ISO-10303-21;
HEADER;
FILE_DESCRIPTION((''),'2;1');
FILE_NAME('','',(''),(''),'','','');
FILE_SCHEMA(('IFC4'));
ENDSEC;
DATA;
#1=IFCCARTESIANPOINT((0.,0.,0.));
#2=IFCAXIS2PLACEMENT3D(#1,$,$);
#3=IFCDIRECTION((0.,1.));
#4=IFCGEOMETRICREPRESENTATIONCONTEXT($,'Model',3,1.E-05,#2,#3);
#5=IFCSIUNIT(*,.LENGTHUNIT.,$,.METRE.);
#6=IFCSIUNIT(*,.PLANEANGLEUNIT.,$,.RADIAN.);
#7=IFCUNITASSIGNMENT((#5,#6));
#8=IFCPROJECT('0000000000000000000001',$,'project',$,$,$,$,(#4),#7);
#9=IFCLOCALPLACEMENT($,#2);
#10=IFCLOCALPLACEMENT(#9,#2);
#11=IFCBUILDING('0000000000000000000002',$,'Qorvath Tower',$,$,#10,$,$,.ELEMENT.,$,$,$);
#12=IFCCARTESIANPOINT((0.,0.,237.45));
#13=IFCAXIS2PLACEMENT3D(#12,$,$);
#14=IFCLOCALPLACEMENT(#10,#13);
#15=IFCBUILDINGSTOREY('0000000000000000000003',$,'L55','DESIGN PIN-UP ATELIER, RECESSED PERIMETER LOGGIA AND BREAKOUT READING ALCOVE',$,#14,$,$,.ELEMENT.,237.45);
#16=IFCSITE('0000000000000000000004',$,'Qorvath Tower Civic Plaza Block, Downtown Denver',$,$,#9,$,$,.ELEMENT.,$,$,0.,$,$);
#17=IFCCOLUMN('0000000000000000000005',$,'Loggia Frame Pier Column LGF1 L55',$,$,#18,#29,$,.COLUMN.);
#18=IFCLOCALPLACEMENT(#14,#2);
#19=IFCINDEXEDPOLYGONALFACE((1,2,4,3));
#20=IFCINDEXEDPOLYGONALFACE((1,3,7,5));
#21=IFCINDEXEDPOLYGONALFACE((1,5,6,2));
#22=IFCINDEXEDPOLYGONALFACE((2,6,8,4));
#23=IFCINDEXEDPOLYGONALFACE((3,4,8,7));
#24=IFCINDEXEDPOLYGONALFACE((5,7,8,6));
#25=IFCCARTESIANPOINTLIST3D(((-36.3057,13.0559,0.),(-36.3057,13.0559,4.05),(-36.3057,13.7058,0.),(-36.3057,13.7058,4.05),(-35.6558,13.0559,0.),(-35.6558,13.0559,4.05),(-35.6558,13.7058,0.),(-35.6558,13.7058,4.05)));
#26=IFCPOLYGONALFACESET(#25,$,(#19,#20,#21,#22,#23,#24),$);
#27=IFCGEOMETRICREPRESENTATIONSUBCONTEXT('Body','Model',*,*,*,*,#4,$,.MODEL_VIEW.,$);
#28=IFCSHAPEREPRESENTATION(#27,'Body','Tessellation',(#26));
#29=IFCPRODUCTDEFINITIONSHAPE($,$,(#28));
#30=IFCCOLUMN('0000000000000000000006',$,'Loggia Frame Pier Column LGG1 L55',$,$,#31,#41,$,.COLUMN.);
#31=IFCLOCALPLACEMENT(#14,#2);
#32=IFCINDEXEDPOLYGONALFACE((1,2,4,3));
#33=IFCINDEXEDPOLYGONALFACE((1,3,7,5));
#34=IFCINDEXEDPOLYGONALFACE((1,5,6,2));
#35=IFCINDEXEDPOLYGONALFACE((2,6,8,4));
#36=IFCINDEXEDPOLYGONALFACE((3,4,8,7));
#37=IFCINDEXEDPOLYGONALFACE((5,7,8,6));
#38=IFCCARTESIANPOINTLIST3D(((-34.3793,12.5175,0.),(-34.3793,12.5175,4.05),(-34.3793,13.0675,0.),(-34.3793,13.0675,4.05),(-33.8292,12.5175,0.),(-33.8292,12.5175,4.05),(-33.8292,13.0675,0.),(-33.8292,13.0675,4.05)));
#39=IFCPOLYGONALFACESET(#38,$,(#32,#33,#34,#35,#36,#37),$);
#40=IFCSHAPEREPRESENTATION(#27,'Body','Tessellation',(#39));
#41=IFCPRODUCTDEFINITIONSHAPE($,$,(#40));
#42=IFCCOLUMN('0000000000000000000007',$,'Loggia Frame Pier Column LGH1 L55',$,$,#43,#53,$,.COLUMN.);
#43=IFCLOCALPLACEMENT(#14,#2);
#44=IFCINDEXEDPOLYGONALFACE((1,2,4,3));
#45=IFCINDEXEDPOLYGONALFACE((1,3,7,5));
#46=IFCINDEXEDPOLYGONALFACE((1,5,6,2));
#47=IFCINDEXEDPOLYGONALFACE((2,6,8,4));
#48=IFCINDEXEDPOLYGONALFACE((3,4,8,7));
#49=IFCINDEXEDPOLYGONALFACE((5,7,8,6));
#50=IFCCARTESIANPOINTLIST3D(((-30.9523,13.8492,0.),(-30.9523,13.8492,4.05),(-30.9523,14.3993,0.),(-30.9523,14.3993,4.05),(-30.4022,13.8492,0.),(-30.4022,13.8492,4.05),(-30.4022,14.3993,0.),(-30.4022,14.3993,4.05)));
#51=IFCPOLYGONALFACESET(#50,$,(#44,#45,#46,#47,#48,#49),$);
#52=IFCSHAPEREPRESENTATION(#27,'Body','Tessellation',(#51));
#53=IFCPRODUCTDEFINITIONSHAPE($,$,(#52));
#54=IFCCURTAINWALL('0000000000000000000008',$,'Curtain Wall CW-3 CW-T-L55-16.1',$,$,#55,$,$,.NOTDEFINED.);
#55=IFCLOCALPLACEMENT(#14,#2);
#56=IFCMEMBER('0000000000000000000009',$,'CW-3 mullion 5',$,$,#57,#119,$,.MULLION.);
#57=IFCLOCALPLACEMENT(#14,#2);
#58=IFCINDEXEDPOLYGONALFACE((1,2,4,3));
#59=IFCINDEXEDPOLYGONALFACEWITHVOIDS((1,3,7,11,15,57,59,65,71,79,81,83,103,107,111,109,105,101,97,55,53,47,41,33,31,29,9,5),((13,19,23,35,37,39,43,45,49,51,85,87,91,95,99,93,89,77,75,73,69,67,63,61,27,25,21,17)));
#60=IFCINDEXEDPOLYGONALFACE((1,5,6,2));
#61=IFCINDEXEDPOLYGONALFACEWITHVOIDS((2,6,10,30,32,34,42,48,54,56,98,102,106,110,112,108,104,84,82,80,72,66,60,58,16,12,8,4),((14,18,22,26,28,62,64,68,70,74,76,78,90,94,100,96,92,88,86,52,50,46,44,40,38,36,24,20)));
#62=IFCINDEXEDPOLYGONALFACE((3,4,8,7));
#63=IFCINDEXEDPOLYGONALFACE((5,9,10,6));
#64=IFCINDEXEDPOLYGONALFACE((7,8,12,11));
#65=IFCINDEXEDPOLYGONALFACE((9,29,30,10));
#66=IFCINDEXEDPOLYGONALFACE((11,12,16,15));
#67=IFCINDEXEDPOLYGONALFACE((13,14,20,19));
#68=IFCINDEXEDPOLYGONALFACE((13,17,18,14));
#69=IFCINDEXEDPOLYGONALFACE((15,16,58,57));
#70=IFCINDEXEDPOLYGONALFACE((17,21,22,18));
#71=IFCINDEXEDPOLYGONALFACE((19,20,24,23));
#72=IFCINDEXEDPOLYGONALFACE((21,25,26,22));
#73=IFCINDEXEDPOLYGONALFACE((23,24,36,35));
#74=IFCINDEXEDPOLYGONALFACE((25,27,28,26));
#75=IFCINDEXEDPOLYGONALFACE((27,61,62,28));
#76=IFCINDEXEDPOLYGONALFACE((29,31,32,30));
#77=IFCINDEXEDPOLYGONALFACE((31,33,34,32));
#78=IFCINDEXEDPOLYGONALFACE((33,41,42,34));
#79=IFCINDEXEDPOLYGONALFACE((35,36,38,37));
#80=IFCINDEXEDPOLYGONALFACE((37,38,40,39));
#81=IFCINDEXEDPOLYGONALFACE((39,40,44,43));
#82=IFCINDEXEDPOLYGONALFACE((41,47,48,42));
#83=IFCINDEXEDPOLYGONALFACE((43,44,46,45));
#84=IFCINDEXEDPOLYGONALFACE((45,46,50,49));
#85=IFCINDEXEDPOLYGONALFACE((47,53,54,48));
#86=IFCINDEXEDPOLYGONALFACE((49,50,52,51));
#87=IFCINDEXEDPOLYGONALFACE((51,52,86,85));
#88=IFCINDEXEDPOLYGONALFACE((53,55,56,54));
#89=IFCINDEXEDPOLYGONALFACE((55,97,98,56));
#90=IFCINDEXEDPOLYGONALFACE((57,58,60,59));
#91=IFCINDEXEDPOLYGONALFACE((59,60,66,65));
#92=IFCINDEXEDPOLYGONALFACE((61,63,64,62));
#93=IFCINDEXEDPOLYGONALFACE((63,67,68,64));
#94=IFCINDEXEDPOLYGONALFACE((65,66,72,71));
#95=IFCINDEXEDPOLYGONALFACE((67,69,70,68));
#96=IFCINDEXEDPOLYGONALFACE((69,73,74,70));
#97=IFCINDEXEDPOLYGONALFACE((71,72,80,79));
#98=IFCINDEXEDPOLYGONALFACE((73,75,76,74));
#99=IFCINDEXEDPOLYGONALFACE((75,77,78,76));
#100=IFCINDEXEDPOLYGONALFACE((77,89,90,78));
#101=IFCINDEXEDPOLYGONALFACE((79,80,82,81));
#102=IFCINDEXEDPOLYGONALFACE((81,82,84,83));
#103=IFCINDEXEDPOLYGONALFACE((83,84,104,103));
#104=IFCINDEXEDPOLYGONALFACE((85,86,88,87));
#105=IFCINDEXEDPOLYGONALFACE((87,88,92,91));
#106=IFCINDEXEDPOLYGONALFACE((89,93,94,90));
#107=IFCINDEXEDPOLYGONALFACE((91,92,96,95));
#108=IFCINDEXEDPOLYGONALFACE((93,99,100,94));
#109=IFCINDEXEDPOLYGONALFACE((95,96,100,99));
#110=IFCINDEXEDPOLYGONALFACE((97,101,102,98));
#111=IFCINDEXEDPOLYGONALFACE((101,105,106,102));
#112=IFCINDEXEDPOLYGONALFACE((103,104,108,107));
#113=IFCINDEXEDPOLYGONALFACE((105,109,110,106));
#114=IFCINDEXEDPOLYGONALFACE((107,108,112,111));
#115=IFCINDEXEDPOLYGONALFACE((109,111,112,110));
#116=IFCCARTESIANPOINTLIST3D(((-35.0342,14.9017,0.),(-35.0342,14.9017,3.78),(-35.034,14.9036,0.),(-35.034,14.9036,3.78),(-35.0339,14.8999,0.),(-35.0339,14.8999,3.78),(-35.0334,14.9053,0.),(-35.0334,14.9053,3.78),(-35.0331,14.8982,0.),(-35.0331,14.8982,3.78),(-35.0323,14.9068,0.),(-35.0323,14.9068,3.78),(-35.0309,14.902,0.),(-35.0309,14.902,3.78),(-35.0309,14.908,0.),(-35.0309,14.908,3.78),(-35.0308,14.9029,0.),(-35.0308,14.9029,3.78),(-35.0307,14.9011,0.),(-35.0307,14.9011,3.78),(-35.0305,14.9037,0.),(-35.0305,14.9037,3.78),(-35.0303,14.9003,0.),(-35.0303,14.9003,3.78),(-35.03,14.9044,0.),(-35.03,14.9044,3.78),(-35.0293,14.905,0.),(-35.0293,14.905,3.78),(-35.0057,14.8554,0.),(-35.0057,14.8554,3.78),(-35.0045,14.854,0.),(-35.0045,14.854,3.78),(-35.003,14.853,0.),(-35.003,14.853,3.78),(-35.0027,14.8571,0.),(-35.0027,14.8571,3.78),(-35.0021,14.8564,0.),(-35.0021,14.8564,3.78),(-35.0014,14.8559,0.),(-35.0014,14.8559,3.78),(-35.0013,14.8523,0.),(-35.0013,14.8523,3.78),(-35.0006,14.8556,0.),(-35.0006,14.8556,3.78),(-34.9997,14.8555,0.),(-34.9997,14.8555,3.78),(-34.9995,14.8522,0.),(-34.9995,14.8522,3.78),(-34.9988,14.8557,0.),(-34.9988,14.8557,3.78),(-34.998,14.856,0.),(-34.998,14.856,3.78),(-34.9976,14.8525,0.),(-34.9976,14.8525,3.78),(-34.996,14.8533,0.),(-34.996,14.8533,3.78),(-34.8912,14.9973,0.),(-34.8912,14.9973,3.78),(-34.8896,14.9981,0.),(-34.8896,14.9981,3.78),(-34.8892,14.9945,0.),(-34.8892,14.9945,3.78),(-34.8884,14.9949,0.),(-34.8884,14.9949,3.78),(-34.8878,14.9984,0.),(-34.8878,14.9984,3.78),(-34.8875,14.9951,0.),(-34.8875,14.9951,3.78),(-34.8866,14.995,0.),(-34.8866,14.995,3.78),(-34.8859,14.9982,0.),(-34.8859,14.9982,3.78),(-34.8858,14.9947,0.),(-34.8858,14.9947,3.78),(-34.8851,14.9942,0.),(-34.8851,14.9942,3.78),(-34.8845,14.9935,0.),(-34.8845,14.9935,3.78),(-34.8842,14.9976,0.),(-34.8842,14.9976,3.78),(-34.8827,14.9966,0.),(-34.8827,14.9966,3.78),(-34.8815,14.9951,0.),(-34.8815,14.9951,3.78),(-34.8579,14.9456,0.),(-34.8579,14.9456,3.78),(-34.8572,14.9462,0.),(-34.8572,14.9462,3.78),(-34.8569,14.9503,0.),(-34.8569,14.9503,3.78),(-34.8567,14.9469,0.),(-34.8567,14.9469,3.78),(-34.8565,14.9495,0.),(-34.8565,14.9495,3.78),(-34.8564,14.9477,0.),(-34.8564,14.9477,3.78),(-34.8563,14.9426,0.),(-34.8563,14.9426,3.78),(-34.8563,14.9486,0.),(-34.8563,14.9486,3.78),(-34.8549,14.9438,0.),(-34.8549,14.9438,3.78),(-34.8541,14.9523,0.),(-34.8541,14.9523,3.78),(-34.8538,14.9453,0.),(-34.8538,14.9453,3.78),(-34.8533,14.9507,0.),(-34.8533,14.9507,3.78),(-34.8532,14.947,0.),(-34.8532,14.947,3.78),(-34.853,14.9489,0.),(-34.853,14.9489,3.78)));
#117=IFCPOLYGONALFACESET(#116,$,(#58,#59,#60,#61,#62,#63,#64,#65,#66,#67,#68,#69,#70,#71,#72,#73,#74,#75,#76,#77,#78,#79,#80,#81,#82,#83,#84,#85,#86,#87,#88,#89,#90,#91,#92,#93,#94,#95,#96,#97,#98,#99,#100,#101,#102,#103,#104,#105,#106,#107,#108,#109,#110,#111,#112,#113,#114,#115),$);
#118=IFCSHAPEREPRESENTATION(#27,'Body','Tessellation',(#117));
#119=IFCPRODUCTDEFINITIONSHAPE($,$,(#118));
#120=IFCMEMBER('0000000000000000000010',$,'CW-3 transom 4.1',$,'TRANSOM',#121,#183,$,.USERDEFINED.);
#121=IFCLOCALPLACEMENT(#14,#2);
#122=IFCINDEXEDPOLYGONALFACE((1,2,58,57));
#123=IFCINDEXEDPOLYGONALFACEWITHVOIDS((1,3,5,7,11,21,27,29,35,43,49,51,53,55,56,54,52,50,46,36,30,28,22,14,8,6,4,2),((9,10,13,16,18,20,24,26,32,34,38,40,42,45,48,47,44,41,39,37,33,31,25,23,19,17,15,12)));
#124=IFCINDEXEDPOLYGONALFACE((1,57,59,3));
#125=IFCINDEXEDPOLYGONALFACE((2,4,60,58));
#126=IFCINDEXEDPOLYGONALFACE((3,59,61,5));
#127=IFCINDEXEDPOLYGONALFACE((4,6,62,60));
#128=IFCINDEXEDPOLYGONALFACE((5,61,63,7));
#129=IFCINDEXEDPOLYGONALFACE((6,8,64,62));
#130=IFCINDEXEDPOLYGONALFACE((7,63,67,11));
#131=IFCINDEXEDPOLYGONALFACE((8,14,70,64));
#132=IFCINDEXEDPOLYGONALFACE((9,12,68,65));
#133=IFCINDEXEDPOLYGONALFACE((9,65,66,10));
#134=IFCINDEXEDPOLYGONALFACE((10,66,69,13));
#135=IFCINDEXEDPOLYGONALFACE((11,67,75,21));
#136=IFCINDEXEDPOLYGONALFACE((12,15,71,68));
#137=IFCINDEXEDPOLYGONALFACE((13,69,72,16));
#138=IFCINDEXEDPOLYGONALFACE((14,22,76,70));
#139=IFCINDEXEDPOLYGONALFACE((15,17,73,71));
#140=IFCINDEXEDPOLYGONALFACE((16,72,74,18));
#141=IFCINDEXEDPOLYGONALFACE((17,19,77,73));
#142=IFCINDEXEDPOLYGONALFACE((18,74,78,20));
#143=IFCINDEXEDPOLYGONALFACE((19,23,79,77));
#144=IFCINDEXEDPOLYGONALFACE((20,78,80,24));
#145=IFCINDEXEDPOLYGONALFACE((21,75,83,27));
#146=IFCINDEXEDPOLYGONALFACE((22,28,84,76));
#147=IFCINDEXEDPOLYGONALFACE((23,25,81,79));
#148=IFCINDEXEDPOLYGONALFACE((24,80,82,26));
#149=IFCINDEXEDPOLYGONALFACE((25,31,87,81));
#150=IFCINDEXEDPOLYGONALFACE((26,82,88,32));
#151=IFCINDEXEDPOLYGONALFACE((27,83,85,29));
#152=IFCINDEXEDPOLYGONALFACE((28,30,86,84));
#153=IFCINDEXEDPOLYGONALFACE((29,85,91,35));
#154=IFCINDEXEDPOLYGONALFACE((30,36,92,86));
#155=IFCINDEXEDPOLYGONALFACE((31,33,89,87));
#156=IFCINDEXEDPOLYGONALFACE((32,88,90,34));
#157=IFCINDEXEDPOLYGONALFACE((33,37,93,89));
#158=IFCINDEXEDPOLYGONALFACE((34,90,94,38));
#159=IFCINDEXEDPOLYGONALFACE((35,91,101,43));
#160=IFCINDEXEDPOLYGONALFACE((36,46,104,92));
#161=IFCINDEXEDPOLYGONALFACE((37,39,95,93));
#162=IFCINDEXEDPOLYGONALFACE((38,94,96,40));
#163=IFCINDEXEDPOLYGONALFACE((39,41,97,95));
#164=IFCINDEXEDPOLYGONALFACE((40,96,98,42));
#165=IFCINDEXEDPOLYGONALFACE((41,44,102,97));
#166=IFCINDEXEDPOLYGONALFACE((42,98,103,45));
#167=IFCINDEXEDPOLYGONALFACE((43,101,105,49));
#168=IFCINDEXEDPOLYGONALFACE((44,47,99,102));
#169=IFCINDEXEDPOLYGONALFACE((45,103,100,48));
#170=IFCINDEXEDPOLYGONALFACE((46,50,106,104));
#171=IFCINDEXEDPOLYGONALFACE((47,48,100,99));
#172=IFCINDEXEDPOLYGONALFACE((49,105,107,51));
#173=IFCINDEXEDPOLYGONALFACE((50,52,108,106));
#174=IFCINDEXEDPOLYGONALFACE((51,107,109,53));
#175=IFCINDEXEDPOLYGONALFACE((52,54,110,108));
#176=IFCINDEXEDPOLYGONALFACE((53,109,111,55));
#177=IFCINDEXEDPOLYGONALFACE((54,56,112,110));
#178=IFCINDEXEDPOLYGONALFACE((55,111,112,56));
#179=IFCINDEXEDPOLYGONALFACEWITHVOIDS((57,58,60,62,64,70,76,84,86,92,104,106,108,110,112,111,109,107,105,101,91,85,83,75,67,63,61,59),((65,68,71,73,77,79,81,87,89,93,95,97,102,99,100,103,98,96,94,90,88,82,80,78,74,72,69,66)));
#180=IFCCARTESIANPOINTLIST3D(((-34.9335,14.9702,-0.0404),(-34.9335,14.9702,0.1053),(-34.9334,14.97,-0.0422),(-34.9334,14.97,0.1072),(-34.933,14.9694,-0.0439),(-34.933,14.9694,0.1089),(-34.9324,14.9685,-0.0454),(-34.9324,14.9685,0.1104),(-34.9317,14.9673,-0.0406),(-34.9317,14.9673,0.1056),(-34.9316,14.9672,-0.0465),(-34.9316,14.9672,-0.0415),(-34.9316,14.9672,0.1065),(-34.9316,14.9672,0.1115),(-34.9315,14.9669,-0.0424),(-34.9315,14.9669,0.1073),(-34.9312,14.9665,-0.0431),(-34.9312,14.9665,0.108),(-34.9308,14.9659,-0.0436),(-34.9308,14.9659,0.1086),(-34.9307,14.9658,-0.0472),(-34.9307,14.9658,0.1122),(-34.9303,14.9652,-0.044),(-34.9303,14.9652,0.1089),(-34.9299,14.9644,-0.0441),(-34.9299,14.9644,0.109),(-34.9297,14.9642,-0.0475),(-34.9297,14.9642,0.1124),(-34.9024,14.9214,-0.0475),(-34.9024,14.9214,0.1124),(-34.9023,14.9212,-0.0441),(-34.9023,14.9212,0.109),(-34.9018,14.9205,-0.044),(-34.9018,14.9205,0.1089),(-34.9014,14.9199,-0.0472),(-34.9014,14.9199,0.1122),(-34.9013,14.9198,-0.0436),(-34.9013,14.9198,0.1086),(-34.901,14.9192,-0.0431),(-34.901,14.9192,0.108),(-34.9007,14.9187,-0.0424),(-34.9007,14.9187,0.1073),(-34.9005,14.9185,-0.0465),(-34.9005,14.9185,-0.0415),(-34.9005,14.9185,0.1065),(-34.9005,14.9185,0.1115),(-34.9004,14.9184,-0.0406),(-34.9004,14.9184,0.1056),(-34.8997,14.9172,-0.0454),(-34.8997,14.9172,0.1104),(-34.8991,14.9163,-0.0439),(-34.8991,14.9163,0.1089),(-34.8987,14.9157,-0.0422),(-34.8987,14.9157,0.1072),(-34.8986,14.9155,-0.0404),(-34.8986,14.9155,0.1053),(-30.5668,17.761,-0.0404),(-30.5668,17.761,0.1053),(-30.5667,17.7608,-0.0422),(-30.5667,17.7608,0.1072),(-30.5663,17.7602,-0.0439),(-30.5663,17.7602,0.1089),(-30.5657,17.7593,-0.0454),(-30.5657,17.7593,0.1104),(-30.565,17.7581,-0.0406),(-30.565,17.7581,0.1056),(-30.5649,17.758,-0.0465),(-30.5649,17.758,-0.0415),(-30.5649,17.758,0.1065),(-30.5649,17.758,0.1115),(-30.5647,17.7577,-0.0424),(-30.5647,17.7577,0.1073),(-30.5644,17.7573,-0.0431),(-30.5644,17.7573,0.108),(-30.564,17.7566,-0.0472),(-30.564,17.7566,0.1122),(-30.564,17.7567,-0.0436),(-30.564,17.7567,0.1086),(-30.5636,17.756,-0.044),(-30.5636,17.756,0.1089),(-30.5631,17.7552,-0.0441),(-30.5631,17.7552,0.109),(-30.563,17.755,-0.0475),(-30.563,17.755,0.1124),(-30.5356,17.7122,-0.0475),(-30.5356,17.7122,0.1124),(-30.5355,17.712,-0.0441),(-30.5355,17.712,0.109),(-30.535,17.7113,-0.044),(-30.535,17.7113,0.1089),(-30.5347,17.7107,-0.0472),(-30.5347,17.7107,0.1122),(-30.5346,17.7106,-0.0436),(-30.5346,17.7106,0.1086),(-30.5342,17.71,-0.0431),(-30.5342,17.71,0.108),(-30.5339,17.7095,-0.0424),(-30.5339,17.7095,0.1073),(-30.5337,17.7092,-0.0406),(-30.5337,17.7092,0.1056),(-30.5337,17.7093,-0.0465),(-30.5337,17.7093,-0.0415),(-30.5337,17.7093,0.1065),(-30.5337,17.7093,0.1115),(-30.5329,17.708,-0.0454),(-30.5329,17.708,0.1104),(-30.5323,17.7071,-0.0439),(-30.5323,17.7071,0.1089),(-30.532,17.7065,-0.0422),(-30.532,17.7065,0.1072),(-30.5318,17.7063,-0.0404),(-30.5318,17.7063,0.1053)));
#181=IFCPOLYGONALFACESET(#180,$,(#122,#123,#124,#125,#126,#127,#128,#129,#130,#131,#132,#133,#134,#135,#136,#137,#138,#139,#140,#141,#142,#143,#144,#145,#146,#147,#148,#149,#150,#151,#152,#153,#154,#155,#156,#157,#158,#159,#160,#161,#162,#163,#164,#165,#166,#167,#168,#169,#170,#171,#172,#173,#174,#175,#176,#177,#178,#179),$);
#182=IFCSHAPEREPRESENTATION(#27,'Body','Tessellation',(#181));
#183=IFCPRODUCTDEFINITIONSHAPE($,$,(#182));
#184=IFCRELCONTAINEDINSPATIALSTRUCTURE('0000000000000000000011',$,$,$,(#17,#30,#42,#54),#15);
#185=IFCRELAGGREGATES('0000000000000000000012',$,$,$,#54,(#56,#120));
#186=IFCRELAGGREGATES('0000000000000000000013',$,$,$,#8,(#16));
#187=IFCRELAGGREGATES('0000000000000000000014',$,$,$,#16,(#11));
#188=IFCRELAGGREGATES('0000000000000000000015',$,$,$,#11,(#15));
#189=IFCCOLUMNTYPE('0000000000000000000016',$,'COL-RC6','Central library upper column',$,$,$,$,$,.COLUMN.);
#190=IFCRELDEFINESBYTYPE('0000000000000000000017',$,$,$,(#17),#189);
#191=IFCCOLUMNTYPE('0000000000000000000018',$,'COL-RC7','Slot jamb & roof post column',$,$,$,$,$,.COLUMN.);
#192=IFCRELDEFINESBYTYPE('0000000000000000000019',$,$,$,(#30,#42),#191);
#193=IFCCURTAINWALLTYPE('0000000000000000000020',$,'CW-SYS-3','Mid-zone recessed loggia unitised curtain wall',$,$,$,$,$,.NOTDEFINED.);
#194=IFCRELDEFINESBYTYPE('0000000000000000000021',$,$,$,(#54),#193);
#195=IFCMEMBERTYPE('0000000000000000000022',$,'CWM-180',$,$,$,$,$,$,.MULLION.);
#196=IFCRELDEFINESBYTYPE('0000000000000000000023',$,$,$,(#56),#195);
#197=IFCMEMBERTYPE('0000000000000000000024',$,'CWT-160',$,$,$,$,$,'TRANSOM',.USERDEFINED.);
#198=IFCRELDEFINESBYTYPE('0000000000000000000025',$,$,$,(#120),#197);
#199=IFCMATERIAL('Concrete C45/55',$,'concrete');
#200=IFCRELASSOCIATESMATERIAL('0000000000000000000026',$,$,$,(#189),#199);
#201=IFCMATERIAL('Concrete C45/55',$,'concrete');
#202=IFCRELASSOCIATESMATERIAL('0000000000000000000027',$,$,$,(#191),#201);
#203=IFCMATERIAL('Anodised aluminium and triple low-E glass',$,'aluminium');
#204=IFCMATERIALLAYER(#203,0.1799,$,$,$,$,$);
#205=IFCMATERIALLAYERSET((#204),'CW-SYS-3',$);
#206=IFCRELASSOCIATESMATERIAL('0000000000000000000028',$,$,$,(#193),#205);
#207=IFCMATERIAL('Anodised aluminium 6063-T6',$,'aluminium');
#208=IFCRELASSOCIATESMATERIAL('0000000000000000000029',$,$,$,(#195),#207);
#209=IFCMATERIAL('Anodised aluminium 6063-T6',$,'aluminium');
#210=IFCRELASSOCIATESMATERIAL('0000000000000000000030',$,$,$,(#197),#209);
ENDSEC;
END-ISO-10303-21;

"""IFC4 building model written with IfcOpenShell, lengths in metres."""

from ifc_helpers import new_model, si_unit, direction, frame, origin, origin_2d, place, context, subcontext, project, spatial, rectangle, hollow_rectangle, extrude, material, layer, layer_set, material_profile, profile_set, type_object, element, aggregate, save


model = new_model("IFC4")

# Units and contexts
model_context = context("Model", 3, precision=1e-05, world=origin(), true_north=direction((0.0, 1.0)))
body_context = subcontext(model_context, "Body", "Model", "MODEL_VIEW")
ifc_project = project(units=[si_unit("LENGTHUNIT", "METRE"), si_unit("PLANEANGLEUNIT", "RADIAN")], contexts=[model_context])

# Site, building, storey
site_placement = place(None, origin())
site = spatial("IfcSite", under=ifc_project, at=site_placement, Name="Qorvath Tower Civic Plaza Block, Downtown Denver", CompositionType="ELEMENT", RefElevation=0.0)
building_placement = place(site_placement, origin())
building = spatial("IfcBuilding", under=site, at=building_placement, Name="Qorvath Tower", CompositionType="ELEMENT")
storey_placement = place(building_placement, frame((0.0, 0.0, 237.45)))
storey = spatial("IfcBuildingStorey", under=building, at=storey_placement, Name="L55", Description="DESIGN PIN-UP ATELIER, RECESSED PERIMETER LOGGIA AND BREAKOUT READING ALCOVE", CompositionType="ELEMENT", Elevation=237.45)

# Columns
ifc_material_1 = material(Name="Concrete C45/55", Category="concrete")
ifc_material_profile_1 = material_profile(ifc_material_1, rectangle(XDim=0.6499, YDim=0.6499, at=origin_2d()), Name="RC 650x650")
ifc_profile_set_1 = profile_set([ifc_material_profile_1], Name="Concrete C45/55")
column_type_1 = type_object("IfcColumnType", Name="COL-RC6", Description="Central library upper column", PredefinedType="COLUMN", material=ifc_profile_set_1)
column_placement = place(storey_placement, frame((-35.9807, 13.3809, 0.0), z_axis=(0.0, 0.0, 1.0), x_axis=(1.0, 0.0, 0.0)))
element("IfcColumn", 1, at=column_placement, inside=storey, type_object=column_type_1, Name="Loggia Frame Pier Column LGF1 L55", PredefinedType="COLUMN", context=body_context, shape_type="SweptSolid", body=[
    extrude(rectangle(XDim=0.6499, YDim=0.6499, at=origin_2d()), origin(), (0.0, 0.0, 1.0), 4.05),
])
ifc_material_2 = material(Name="Concrete C45/55", Category="concrete")
ifc_material_profile_2 = material_profile(ifc_material_2, rectangle(XDim=0.55, YDim=0.55, at=origin_2d()), Name="RC 550x550")
ifc_profile_set_2 = profile_set([ifc_material_profile_2], Name="Concrete C45/55")
column_type_2 = type_object("IfcColumnType", Name="COL-RC7", Description="Slot jamb & roof post column", PredefinedType="COLUMN", material=ifc_profile_set_2)
for number, where, z_axis, x_axis, name in (
    (2, (-34.1042, 12.7925, 0.0), (0.0, 0.0, 1.0), (1.0, 0.0, 0.0), "Loggia Frame Pier Column LGG1 L55"),
    (3, (-30.6772, 14.1243, 0.0), (0.0, 0.0, 1.0), (1.0, 0.0, 0.0), "Loggia Frame Pier Column LGH1 L55"),
):
    element("IfcColumn", number, at=place(storey_placement, frame(where, z_axis=z_axis, x_axis=x_axis)), inside=storey, type_object=column_type_2, Name=name, PredefinedType="COLUMN", context=body_context, shape_type="SweptSolid", body=[
        extrude(rectangle(XDim=0.55, YDim=0.55, at=origin_2d()), origin(), (0.0, 0.0, 1.0), 4.05),
    ])

# Curtain wall, members
ifc_material_3 = material(Name="Anodised aluminium and triple low-E glass", Category="aluminium")
ifc_layer_1 = layer(ifc_material_3, 0.1799)
ifc_layer_set_1 = layer_set([ifc_layer_1], Name="CW-SYS-3")
curtain_wall_type = type_object("IfcCurtainWallType", Name="CW-SYS-3", Description="Mid-zone recessed loggia unitised curtain wall", PredefinedType="NOTDEFINED", material=ifc_layer_set_1)
curtain_wall_placement = place(storey_placement, origin())
curtain_wall = element("IfcCurtainWall", 4, at=curtain_wall_placement, inside=storey, type_object=curtain_wall_type, Name="Curtain Wall CW-3 CW-T-L55-16.1", PredefinedType="NOTDEFINED")
ifc_material_4 = material(Name="Anodised aluminium 6063-T6", Category="aluminium")
ifc_material_profile_3 = material_profile(ifc_material_4, hollow_rectangle(XDim=0.0649, YDim=0.1799, WallThickness=0.0034, InnerFilletRadius=0.0034, OuterFilletRadius=0.0071, at=origin_2d()), Name="CWM 180x65")
ifc_profile_set_3 = profile_set([ifc_material_profile_3], Name="Anodised aluminium 6063-T6")
member_type_1 = type_object("IfcMemberType", Name="CWM-180", PredefinedType="MULLION", material=ifc_profile_set_3)
member_1_placement = place(storey_placement, frame((-34.9436, 14.9253, 0.0), z_axis=(0.0, 0.0, 1.0), x_axis=(0.538529, -0.842607, 0.0)))
member_1 = element("IfcMember", 5, at=member_1_placement, type_object=member_type_1, Name="CW-3 mullion 5", PredefinedType="MULLION", context=body_context, shape_type="SweptSolid", body=[
    extrude(hollow_rectangle(XDim=0.0649, YDim=0.1799, WallThickness=0.0034, InnerFilletRadius=0.0034, OuterFilletRadius=0.0071, at=origin_2d()), origin(), (0.0, 0.0, 1.0), 3.78),
])
ifc_material_5 = material(Name="Anodised aluminium 6063-T6", Category="aluminium")
ifc_material_profile_4 = material_profile(ifc_material_5, hollow_rectangle(XDim=0.0649, YDim=0.1599, WallThickness=0.0034, InnerFilletRadius=0.0034, OuterFilletRadius=0.0071, at=origin_2d()), Name="CWT 160x65")
ifc_profile_set_4 = profile_set([ifc_material_profile_4], Name="Anodised aluminium 6063-T6")
member_type_2 = type_object("IfcMemberType", Name="CWT-160", ElementType="TRANSOM", PredefinedType="USERDEFINED", material=ifc_profile_set_4)
member_2_placement = place(storey_placement, frame((-30.5493, 17.7336, 0.0325), z_axis=(-0.842614, -0.538518, 0.0), x_axis=(0.538518, -0.842614, 0.0)))
member_2 = element("IfcMember", 6, at=member_2_placement, type_object=member_type_2, Name="CW-3 transom 4.1", ObjectType="TRANSOM", PredefinedType="USERDEFINED", context=body_context, shape_type="SweptSolid", body=[
    extrude(hollow_rectangle(XDim=0.0649, YDim=0.1599, WallThickness=0.0034, InnerFilletRadius=0.0034, OuterFilletRadius=0.0071, at=origin_2d()), origin(), (0.0, 0.0, 1.0), 5.1824),
])
aggregate(curtain_wall, [member_1, member_2])

save(model, "model.ifc")
